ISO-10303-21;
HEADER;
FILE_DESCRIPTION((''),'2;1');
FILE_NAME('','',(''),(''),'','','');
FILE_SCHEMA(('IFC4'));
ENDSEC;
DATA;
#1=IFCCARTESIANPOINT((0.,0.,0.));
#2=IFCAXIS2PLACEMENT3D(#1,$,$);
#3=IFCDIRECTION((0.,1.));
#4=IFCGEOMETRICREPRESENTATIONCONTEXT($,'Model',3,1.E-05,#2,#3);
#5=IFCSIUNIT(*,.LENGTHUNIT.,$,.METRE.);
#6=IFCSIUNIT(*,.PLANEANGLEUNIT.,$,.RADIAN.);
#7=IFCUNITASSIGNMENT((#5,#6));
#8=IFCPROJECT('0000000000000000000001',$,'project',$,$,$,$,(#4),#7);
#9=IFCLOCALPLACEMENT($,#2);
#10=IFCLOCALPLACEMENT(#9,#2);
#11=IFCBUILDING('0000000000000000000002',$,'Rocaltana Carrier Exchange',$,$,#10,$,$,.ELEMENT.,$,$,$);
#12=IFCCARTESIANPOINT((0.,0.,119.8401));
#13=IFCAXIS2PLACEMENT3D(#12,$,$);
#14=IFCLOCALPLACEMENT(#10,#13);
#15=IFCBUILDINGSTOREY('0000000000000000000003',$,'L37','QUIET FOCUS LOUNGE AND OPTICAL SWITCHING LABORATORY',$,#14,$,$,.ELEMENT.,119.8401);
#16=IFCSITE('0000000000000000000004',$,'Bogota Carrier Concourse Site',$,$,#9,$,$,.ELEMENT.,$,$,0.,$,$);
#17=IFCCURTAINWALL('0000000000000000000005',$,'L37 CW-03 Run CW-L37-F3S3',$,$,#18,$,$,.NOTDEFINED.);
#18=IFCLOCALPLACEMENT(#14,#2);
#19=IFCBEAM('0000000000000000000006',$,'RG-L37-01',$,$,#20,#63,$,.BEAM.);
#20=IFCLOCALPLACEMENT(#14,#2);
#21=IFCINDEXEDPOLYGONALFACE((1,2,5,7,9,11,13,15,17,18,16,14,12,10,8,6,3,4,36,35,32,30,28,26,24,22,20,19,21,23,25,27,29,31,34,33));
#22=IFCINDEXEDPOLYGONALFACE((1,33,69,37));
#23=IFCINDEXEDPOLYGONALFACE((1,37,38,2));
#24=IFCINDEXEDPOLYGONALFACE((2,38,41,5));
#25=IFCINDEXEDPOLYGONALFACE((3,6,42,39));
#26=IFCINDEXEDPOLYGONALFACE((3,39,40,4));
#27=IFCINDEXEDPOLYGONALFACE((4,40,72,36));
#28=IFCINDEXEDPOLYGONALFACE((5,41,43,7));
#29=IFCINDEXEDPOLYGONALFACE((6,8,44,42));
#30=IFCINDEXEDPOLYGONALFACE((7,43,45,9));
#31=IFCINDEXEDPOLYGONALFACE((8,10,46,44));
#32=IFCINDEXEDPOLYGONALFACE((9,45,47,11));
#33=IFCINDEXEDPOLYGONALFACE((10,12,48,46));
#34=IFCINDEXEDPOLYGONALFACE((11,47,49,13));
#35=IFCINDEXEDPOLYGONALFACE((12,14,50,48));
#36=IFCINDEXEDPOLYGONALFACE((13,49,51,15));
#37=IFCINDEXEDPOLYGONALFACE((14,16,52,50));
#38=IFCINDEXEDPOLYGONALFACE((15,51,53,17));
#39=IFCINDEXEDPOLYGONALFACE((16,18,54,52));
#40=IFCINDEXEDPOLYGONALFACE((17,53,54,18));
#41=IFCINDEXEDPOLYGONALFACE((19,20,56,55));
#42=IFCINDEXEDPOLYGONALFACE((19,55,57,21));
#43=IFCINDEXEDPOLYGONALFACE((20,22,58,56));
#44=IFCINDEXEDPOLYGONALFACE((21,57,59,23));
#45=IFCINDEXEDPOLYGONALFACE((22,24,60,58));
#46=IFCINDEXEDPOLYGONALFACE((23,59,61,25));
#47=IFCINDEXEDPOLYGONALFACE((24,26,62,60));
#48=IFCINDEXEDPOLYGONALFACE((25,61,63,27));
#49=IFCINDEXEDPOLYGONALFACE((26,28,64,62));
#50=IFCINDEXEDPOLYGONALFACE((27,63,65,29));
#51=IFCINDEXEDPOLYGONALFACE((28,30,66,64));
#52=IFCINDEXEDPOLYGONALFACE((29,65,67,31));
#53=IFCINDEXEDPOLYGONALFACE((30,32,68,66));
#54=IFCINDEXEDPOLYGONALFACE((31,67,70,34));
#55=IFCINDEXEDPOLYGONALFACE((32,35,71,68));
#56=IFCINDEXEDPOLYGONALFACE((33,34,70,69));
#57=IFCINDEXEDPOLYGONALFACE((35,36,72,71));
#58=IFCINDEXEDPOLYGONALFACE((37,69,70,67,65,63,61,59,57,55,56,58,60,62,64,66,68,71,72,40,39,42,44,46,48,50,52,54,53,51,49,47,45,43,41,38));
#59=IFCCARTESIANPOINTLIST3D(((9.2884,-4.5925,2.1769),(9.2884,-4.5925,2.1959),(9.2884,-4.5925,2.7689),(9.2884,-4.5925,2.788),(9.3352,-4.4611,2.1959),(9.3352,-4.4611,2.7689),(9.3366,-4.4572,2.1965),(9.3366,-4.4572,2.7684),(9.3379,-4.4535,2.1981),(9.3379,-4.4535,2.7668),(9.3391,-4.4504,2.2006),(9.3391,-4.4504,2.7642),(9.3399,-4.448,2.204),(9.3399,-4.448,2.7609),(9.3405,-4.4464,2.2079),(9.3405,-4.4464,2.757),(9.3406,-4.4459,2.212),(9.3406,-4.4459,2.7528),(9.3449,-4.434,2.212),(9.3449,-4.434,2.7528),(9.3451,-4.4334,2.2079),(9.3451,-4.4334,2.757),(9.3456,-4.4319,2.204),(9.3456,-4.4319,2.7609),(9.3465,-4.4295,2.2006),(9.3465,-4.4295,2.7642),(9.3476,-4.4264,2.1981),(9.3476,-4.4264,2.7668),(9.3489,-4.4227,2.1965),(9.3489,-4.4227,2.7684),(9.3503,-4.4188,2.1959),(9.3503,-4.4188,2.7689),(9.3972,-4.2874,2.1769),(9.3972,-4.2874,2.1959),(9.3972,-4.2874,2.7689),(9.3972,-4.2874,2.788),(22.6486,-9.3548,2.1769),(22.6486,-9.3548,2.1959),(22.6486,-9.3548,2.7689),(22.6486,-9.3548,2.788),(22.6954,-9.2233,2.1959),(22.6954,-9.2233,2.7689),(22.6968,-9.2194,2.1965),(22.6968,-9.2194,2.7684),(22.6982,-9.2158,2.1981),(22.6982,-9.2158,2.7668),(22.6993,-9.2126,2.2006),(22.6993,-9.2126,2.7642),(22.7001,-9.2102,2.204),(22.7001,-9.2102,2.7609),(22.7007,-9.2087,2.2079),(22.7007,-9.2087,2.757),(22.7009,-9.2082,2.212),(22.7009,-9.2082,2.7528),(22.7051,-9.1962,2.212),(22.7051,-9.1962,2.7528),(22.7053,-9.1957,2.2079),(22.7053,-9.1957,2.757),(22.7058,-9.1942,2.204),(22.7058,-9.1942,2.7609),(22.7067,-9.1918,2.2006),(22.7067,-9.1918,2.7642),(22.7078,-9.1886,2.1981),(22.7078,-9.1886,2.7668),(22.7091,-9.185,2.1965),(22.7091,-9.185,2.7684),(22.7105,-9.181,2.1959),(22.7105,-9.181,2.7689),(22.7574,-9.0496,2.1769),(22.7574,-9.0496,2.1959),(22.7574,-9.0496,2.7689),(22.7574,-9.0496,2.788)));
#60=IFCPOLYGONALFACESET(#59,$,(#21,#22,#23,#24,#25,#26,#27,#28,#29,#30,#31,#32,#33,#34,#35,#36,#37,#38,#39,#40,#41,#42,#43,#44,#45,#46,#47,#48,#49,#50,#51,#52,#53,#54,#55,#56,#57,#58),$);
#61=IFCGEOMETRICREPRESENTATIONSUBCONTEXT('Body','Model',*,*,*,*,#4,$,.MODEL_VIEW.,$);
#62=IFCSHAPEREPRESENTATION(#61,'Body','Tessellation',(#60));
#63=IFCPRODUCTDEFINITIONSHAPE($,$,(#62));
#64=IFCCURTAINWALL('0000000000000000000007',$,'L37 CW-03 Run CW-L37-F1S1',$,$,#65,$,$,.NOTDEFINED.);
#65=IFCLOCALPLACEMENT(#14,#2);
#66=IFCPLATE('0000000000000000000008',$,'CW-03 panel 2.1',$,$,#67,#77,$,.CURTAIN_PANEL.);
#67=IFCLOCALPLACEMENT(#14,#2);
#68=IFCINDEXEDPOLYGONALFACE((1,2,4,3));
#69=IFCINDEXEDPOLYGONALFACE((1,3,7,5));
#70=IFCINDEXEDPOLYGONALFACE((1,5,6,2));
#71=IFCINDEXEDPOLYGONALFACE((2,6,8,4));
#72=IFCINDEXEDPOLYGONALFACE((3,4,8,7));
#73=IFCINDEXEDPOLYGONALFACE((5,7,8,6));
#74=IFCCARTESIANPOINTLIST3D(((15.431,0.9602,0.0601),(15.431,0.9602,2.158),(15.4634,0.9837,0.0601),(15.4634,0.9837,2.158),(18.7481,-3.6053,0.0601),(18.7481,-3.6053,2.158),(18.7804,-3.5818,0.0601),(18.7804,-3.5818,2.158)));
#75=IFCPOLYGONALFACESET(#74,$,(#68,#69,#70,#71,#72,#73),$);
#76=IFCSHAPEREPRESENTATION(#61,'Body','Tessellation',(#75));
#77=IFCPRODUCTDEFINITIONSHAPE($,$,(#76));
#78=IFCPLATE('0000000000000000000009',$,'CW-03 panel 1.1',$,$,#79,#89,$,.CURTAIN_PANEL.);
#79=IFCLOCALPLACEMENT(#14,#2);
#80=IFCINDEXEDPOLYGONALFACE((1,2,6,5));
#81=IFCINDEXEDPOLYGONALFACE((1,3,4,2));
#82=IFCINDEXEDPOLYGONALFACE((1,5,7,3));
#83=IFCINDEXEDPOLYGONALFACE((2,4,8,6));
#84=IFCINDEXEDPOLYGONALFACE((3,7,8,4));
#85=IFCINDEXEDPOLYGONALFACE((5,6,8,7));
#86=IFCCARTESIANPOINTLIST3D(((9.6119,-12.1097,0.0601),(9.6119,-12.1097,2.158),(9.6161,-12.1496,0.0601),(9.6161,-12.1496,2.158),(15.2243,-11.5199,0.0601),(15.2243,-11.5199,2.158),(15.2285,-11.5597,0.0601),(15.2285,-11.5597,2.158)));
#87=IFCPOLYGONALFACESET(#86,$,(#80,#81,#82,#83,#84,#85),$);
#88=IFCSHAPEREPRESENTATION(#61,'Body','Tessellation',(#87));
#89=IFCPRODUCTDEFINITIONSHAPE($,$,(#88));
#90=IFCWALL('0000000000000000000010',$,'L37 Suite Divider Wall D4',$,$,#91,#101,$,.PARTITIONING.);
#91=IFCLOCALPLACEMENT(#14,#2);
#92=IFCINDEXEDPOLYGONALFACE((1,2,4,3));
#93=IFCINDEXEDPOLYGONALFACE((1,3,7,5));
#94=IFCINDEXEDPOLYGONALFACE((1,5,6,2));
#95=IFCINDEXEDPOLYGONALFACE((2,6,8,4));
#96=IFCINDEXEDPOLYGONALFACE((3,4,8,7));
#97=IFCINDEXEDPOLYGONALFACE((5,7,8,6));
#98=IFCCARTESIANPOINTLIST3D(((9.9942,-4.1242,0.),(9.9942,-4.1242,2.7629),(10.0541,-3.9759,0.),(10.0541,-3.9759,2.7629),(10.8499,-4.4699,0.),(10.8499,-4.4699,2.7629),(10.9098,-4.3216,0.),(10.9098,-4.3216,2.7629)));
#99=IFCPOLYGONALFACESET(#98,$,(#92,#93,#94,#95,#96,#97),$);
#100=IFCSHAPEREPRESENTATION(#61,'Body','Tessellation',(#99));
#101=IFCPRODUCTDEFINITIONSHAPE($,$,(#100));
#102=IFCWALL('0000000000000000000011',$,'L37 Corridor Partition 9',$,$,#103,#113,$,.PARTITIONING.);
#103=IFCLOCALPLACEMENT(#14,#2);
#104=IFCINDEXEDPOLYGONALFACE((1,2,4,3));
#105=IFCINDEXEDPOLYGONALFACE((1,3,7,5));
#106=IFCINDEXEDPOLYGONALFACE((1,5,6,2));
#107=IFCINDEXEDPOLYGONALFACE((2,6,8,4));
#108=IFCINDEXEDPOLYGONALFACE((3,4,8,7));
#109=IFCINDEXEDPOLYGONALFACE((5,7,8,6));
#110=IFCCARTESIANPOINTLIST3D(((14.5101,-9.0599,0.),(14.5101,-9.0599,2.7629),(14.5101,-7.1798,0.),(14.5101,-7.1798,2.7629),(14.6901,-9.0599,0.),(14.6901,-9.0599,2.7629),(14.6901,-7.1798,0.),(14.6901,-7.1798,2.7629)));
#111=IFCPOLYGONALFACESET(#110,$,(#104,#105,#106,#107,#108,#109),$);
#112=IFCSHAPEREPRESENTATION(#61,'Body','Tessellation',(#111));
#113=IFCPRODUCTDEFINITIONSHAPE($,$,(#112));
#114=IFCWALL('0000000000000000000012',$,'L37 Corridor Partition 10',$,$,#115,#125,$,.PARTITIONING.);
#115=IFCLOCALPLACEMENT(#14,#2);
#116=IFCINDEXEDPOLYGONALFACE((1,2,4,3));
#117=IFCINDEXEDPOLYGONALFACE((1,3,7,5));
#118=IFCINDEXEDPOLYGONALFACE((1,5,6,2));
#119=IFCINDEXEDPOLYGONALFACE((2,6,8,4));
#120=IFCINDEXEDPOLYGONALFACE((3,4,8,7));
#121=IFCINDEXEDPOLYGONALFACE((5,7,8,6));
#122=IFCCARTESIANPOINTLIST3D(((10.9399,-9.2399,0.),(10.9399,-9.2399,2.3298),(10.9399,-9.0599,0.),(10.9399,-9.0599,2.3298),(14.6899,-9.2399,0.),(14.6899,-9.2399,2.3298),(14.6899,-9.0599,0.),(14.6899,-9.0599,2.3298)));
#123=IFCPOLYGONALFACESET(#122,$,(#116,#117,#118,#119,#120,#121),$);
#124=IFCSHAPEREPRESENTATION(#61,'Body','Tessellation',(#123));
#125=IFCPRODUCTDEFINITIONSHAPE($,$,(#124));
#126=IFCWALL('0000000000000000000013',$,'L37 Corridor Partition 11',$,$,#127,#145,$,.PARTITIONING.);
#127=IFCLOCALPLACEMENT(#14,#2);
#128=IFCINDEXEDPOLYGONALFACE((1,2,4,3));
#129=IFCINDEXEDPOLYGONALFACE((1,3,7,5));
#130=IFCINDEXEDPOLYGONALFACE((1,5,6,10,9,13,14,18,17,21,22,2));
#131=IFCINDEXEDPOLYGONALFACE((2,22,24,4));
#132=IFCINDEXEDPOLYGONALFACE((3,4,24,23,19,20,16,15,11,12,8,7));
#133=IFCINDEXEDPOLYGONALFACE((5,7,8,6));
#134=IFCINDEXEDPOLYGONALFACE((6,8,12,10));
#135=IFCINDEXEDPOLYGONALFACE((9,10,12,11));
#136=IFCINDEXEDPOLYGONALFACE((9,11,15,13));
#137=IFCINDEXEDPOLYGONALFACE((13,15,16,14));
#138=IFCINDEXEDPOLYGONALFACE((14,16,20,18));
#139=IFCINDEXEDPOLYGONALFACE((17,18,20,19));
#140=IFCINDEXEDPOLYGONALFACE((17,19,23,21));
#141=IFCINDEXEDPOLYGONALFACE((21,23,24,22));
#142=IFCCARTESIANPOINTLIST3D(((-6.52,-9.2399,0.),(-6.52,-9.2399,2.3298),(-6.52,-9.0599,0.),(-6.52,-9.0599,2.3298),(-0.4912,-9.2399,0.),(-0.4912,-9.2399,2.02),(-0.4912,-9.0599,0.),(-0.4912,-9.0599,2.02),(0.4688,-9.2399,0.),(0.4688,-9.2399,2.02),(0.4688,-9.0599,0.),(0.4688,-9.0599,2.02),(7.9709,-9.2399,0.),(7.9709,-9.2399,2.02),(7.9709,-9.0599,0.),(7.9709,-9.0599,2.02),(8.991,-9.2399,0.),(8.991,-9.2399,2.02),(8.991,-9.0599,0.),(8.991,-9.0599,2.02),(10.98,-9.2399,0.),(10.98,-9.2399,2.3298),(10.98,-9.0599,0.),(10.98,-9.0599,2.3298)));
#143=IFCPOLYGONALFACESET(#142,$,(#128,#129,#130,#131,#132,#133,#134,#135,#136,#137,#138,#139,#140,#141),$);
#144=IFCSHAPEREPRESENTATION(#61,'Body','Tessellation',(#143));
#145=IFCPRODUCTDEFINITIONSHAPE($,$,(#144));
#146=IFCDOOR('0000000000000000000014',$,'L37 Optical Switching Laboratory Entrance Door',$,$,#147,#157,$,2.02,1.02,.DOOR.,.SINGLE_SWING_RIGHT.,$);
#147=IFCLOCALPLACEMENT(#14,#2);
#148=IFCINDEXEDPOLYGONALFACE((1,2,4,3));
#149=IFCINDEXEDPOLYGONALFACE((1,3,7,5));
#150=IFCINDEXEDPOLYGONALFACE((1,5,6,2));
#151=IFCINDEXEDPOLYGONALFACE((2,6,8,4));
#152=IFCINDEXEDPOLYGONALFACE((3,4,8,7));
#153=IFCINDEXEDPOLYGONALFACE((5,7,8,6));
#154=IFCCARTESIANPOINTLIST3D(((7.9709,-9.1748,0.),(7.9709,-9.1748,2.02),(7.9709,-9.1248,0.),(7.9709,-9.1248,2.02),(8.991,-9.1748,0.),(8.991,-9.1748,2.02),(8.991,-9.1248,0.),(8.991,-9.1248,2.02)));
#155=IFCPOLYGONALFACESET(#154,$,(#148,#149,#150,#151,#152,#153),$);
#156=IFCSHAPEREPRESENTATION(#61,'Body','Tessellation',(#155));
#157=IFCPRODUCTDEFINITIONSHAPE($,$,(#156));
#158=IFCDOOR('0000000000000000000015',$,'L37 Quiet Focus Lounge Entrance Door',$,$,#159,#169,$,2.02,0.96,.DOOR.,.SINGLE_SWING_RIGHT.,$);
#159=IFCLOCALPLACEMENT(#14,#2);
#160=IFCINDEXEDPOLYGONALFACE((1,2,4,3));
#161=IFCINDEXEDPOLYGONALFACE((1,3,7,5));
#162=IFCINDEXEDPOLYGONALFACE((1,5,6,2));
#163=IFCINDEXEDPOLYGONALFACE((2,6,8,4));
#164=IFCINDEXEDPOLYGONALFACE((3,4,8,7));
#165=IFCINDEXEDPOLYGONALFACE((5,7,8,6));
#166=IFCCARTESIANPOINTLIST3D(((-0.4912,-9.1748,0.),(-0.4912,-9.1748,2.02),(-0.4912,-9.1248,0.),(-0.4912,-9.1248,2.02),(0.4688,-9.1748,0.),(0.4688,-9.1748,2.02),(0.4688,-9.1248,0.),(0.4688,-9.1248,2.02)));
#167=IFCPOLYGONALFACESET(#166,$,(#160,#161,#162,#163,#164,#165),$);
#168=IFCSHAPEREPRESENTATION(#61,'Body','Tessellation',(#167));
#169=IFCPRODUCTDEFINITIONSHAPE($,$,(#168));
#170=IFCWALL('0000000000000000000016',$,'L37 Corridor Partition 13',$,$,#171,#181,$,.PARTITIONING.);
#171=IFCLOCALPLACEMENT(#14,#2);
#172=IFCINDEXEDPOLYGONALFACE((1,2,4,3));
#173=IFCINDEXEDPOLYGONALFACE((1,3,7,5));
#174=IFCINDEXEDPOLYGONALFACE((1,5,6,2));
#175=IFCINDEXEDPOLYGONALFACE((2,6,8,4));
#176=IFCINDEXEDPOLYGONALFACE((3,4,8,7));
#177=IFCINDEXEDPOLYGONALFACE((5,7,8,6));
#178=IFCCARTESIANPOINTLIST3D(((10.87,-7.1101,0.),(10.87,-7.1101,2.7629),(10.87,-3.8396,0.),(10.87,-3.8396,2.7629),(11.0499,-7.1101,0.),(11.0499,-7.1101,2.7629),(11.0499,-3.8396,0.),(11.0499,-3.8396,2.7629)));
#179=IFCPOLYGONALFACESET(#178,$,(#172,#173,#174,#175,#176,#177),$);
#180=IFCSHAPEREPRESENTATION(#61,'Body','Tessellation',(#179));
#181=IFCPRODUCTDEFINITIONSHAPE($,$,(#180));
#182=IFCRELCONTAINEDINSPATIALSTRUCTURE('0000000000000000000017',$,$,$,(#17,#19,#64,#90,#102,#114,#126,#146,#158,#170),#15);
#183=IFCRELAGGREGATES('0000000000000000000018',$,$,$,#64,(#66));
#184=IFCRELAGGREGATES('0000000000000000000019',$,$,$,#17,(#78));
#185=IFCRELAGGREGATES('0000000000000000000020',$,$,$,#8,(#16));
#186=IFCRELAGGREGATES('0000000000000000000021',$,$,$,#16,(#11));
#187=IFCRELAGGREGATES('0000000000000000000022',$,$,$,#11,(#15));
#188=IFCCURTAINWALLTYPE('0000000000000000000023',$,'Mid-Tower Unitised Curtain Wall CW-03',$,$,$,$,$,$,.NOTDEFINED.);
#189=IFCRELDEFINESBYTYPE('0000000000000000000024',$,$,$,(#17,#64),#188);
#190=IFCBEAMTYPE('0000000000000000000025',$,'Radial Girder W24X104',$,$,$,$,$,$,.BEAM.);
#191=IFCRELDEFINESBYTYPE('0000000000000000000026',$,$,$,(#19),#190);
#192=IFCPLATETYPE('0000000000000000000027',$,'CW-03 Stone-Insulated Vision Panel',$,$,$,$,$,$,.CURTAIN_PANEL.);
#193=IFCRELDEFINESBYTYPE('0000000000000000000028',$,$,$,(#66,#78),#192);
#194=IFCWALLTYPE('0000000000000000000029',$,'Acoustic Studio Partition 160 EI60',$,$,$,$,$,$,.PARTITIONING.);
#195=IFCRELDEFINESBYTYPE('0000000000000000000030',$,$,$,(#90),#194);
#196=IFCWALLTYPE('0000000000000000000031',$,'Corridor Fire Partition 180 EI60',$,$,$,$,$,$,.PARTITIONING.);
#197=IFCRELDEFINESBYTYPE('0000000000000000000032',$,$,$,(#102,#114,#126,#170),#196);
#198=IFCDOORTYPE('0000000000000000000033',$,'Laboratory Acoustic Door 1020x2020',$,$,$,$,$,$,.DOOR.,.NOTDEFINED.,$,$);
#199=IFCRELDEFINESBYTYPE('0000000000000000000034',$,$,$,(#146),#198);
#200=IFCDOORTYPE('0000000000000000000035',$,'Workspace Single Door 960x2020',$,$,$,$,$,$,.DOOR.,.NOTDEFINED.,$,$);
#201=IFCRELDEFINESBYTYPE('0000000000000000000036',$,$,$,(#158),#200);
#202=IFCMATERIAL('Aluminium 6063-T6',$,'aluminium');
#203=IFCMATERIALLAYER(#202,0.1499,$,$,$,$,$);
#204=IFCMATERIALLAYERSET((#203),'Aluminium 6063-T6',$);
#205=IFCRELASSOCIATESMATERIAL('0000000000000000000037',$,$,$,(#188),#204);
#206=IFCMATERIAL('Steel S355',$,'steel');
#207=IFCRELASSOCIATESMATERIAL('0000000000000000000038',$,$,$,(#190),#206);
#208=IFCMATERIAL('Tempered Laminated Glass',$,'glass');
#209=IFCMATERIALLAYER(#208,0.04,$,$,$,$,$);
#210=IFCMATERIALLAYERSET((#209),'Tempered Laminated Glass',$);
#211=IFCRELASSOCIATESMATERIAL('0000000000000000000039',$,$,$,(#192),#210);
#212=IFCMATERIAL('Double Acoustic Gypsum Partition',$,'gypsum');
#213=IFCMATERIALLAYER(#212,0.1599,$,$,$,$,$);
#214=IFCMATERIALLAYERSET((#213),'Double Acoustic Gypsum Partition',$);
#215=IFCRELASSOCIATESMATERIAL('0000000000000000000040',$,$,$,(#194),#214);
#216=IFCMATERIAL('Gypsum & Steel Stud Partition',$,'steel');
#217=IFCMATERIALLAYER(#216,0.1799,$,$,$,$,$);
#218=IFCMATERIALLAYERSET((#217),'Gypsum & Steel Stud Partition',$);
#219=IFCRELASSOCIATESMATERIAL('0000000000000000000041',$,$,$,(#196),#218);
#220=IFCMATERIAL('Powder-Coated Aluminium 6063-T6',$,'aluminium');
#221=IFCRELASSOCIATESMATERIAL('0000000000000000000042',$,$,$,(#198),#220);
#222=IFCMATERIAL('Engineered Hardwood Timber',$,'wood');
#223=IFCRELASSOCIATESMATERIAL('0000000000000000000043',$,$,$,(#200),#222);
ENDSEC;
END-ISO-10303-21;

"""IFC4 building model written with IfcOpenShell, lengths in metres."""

from ifc_helpers import new_model, si_unit, direction, frame, frame_2d, origin, origin_2d, place, context, subcontext, project, spatial, rectangle, i_section, extrude, material, layer, layer_set, material_profile, profile_set, type_object, element, fill, aggregate, save


model = new_model("IFC4")

# Units and contexts
model_context = context("Model", 3, precision=1e-05, world=origin(), true_north=direction((0.0, 1.0)))
body_context = subcontext(model_context, "Body", "Model", "MODEL_VIEW")
ifc_project = project(units=[si_unit("LENGTHUNIT", "METRE"), si_unit("PLANEANGLEUNIT", "RADIAN")], contexts=[model_context])

# Site, building, storey
site_placement = place(None, origin())
site = spatial("IfcSite", under=ifc_project, at=site_placement, Name="Bogota Carrier Concourse Site", CompositionType="ELEMENT", RefElevation=0.0)
building_placement = place(site_placement, origin())
building = spatial("IfcBuilding", under=site, at=building_placement, Name="Rocaltana Carrier Exchange", CompositionType="ELEMENT")
storey_placement = place(building_placement, frame((0.0, 0.0, 119.8401)))
storey = spatial("IfcBuildingStorey", under=building, at=storey_placement, Name="L37", Description="QUIET FOCUS LOUNGE AND OPTICAL SWITCHING LABORATORY", CompositionType="ELEMENT", Elevation=119.8401)

# Curtain wall
ifc_material_1 = material(Name="Aluminium 6063-T6", Category="aluminium")
ifc_layer_1 = layer(ifc_material_1, 0.1499)
ifc_layer_set_1 = layer_set([ifc_layer_1], Name="Aluminium 6063-T6")
curtain_wall_type = type_object("IfcCurtainWallType", Name="Mid-Tower Unitised Curtain Wall CW-03", PredefinedType="NOTDEFINED", material=ifc_layer_set_1)
curtain_wall_1_placement = place(storey_placement, origin())
curtain_wall_1 = element("IfcCurtainWall", 1, at=curtain_wall_1_placement, inside=storey, type_object=curtain_wall_type, Name="L37 CW-03 Run CW-L37-F3S3", PredefinedType="NOTDEFINED")

# Beam
ifc_material_2 = material(Name="Steel S355", Category="steel")
ifc_material_profile_1 = material_profile(ifc_material_2, i_section(OverallWidth=0.324, OverallDepth=0.6111, WebThickness=0.0127, FlangeThickness=0.019, FilletRadius=0.0161, at=origin_2d()), Name="W24X104")
ifc_profile_set_1 = profile_set([ifc_material_profile_1], Name="Steel S355")
beam_type_1 = type_object("IfcBeamType", Name="Radial Girder W24X104", PredefinedType="BEAM", material=ifc_profile_set_1)
beam_1_placement = place(storey_placement, frame((9.3428, -4.4399, 2.4824), z_axis=(0.941949, -0.335757, 0.0), x_axis=(0.335757, 0.941949, 0.0)))
element("IfcBeam", 2, at=beam_1_placement, inside=storey, type_object=beam_type_1, Name="RG-L37-01", PredefinedType="BEAM", context=body_context, shape_type="SweptSolid", body=[
    extrude(i_section(OverallWidth=0.324, OverallDepth=0.6111, WebThickness=0.0127, FlangeThickness=0.019, FilletRadius=0.0161, at=origin_2d()), origin(), (0.0, 0.0, 1.0), 14.1836),
])

# Curtain wall, plate
curtain_wall_2_placement = place(storey_placement, origin())
curtain_wall_2 = element("IfcCurtainWall", 3, at=curtain_wall_2_placement, inside=storey, type_object=curtain_wall_type, Name="L37 CW-03 Run CW-L37-F1S1", PredefinedType="NOTDEFINED")
ifc_material_3 = material(Name="Tempered Laminated Glass", Category="glass")
ifc_layer_2 = layer(ifc_material_3, 0.04)
ifc_layer_set_2 = layer_set([ifc_layer_2], Name="Tempered Laminated Glass")
plate_type = type_object("IfcPlateType", Name="CW-03 Stone-Insulated Vision Panel", PredefinedType="CURTAIN_PANEL", material=ifc_layer_set_2)
plate_1_placement = place(storey_placement, frame((17.1057, -1.3108, 0.0601), z_axis=(0.0, 0.0, 1.0), x_axis=(-0.58779, 0.809014, 0.0)))
plate_1 = element("IfcPlate", 4, at=plate_1_placement, type_object=plate_type, Name="CW-03 panel 2.1", PredefinedType="CURTAIN_PANEL", context=body_context, shape_type="SweptSolid", body=[
    extrude(rectangle(XDim=5.6433, YDim=0.04, at=origin_2d()), origin(), (0.0, 0.0, 1.0), 2.0979),
])
aggregate(curtain_wall_2, [plate_1])

# Plate
plate_2_placement = place(storey_placement, frame((12.4202, -11.8347, 0.0601), z_axis=(0.0, 0.0, 1.0), x_axis=(0.994523, 0.104522, 0.0)))
plate_2 = element("IfcPlate", 5, at=plate_2_placement, type_object=plate_type, Name="CW-03 panel 1.1", PredefinedType="CURTAIN_PANEL", context=body_context, shape_type="SweptSolid", body=[
    extrude(rectangle(XDim=5.6433, YDim=0.04, at=origin_2d()), origin(), (0.0, 0.0, 1.0), 2.0979),
])
aggregate(curtain_wall_1, [plate_2])

# Walls
ifc_material_4 = material(Name="Double Acoustic Gypsum Partition", Category="gypsum")
ifc_layer_3 = layer(ifc_material_4, 0.1599)
ifc_layer_set_3 = layer_set([ifc_layer_3], Name="Double Acoustic Gypsum Partition")
wall_type_1 = type_object("IfcWallType", Name="Acoustic Studio Partition 160 EI60", PredefinedType="PARTITIONING", material=ifc_layer_set_3)
wall_1_placement = place(storey_placement, frame((10.0242, -4.05, 0.0), z_axis=(0.0, 0.0, 1.0), x_axis=(0.927194, -0.374581, 0.0)))
element("IfcWall", 6, at=wall_1_placement, inside=storey, type_object=wall_type_1, Name="L37 Suite Divider Wall D4", PredefinedType="PARTITIONING", context=body_context, shape_type="SweptSolid", body=[
    extrude(rectangle(XDim=0.9229, YDim=0.1599, at=frame_2d((0.4614, 0.0))), origin(), (0.0, 0.0, 1.0), 2.7629),
])
ifc_material_5 = material(Name="Gypsum & Steel Stud Partition", Category="steel")
ifc_layer_4 = layer(ifc_material_5, 0.1799)
ifc_layer_set_4 = layer_set([ifc_layer_4], Name="Gypsum & Steel Stud Partition")
wall_type_2 = type_object("IfcWallType", Name="Corridor Fire Partition 180 EI60", PredefinedType="PARTITIONING", material=ifc_layer_set_4)
wall_2_placement = place(storey_placement, frame((14.6001, -7.1799, 0.0), z_axis=(0.0, 0.0, 1.0), x_axis=(0.0, -1.0, 0.0)))
element("IfcWall", 7, at=wall_2_placement, inside=storey, type_object=wall_type_2, Name="L37 Corridor Partition 9", PredefinedType="PARTITIONING", context=body_context, shape_type="SweptSolid", body=[
    extrude(rectangle(XDim=1.8801, YDim=0.1799, at=frame_2d((0.9399, 0.0))), origin(), (0.0, 0.0, 1.0), 2.7629),
])
wall_3_placement = place(storey_placement, frame((14.6899, -9.1499, 0.0), z_axis=(0.0, 0.0, 1.0), x_axis=(-1.0, 0.0, 0.0)))
element("IfcWall", 8, at=wall_3_placement, inside=storey, type_object=wall_type_2, Name="L37 Corridor Partition 10", PredefinedType="PARTITIONING", context=body_context, shape_type="SweptSolid", body=[
    extrude(rectangle(XDim=3.75, YDim=0.1799, at=frame_2d((1.875, 0.0))), origin(), (0.0, 0.0, 1.0), 2.3298),
])

# Wall, openings, doors
wall_4_placement = place(storey_placement, frame((10.98, -9.1499, 0.0), z_axis=(0.0, 0.0, 1.0), x_axis=(-1.0, 0.0, 0.0)))
wall_4 = element("IfcWall", 9, at=wall_4_placement, inside=storey, type_object=wall_type_2, Name="L37 Corridor Partition 11", PredefinedType="PARTITIONING", context=body_context, shape_type="SweptSolid", body=[
    extrude(rectangle(XDim=17.5, YDim=0.1799, at=frame_2d((8.75, 0.0))), origin(), (0.0, 0.0, 1.0), 2.3298),
])
opening_1_placement = place(wall_4_placement, frame((10.5112, 0.0, 0.0)))
opening_1 = element("IfcOpeningElement", 10, at=opening_1_placement, cuts=wall_4, PredefinedType="OPENING", context=body_context, shape_type="SweptSolid", body=[
    extrude(rectangle(XDim=0.96, YDim=2.02, at=frame_2d((0.48, 1.01))), frame((0.0, 0.0999, 0.0), z_axis=(0.0, -1.0, 0.0), x_axis=(1.0, 0.0, 0.0)), (0.0, 0.0, 1.0), 0.2),
])
opening_2_placement = place(wall_4_placement, frame((1.989, 0.0, 0.0)))
opening_2 = element("IfcOpeningElement", 11, at=opening_2_placement, cuts=wall_4, PredefinedType="OPENING", context=body_context, shape_type="SweptSolid", body=[
    extrude(rectangle(XDim=1.02, YDim=2.02, at=frame_2d((0.51, 1.01))), frame((0.0, 0.0999, 0.0), z_axis=(0.0, -1.0, 0.0), x_axis=(1.0, 0.0, 0.0)), (0.0, 0.0, 1.0), 0.2),
])
ifc_material_6 = material(Name="Powder-Coated Aluminium 6063-T6", Category="aluminium")
door_type_1 = type_object("IfcDoorType", Name="Laboratory Acoustic Door 1020x2020", OperationType="NOTDEFINED", PredefinedType="DOOR", material=ifc_material_6)
door_1_placement = place(opening_2_placement, origin())
door_1 = element("IfcDoor", 12, at=door_1_placement, inside=storey, type_object=door_type_1, Name="L37 Optical Switching Laboratory Entrance Door", OperationType="SINGLE_SWING_RIGHT", OverallHeight=2.02, OverallWidth=1.02, PredefinedType="DOOR", context=body_context, shape_type="SweptSolid", body=[
    extrude(rectangle(XDim=1.02, YDim=2.02, at=frame_2d((0.51, 1.01))), frame((0.0, 0.0249, 0.0), z_axis=(0.0, -1.0, 0.0), x_axis=(1.0, 0.0, 0.0)), (0.0, 0.0, 1.0), 0.05),
])
fill(opening_2, door_1)
ifc_material_7 = material(Name="Engineered Hardwood Timber", Category="wood")
door_type_2 = type_object("IfcDoorType", Name="Workspace Single Door 960x2020", OperationType="NOTDEFINED", PredefinedType="DOOR", material=ifc_material_7)
door_2_placement = place(opening_1_placement, origin())
door_2 = element("IfcDoor", 13, at=door_2_placement, inside=storey, type_object=door_type_2, Name="L37 Quiet Focus Lounge Entrance Door", OperationType="SINGLE_SWING_RIGHT", OverallHeight=2.02, OverallWidth=0.96, PredefinedType="DOOR", context=body_context, shape_type="SweptSolid", body=[
    extrude(rectangle(XDim=0.96, YDim=2.02, at=frame_2d((0.48, 1.01))), frame((0.0, 0.0249, 0.0), z_axis=(0.0, -1.0, 0.0), x_axis=(1.0, 0.0, 0.0)), (0.0, 0.0, 1.0), 0.05),
])
fill(opening_1, door_2)

# Wall
wall_5_placement = place(storey_placement, frame((10.96, -7.1101, 0.0), z_axis=(0.0, 0.0, 1.0), x_axis=(0.0, 1.0, 0.0)))
element("IfcWall", 14, at=wall_5_placement, inside=storey, type_object=wall_type_2, Name="L37 Corridor Partition 13", PredefinedType="PARTITIONING", context=body_context, shape_type="SweptSolid", body=[
    extrude(rectangle(XDim=3.2705, YDim=0.1799, at=frame_2d((1.6353, 0.0))), origin(), (0.0, 0.0, 1.0), 2.7629),
])

save(model, "model.ifc")
